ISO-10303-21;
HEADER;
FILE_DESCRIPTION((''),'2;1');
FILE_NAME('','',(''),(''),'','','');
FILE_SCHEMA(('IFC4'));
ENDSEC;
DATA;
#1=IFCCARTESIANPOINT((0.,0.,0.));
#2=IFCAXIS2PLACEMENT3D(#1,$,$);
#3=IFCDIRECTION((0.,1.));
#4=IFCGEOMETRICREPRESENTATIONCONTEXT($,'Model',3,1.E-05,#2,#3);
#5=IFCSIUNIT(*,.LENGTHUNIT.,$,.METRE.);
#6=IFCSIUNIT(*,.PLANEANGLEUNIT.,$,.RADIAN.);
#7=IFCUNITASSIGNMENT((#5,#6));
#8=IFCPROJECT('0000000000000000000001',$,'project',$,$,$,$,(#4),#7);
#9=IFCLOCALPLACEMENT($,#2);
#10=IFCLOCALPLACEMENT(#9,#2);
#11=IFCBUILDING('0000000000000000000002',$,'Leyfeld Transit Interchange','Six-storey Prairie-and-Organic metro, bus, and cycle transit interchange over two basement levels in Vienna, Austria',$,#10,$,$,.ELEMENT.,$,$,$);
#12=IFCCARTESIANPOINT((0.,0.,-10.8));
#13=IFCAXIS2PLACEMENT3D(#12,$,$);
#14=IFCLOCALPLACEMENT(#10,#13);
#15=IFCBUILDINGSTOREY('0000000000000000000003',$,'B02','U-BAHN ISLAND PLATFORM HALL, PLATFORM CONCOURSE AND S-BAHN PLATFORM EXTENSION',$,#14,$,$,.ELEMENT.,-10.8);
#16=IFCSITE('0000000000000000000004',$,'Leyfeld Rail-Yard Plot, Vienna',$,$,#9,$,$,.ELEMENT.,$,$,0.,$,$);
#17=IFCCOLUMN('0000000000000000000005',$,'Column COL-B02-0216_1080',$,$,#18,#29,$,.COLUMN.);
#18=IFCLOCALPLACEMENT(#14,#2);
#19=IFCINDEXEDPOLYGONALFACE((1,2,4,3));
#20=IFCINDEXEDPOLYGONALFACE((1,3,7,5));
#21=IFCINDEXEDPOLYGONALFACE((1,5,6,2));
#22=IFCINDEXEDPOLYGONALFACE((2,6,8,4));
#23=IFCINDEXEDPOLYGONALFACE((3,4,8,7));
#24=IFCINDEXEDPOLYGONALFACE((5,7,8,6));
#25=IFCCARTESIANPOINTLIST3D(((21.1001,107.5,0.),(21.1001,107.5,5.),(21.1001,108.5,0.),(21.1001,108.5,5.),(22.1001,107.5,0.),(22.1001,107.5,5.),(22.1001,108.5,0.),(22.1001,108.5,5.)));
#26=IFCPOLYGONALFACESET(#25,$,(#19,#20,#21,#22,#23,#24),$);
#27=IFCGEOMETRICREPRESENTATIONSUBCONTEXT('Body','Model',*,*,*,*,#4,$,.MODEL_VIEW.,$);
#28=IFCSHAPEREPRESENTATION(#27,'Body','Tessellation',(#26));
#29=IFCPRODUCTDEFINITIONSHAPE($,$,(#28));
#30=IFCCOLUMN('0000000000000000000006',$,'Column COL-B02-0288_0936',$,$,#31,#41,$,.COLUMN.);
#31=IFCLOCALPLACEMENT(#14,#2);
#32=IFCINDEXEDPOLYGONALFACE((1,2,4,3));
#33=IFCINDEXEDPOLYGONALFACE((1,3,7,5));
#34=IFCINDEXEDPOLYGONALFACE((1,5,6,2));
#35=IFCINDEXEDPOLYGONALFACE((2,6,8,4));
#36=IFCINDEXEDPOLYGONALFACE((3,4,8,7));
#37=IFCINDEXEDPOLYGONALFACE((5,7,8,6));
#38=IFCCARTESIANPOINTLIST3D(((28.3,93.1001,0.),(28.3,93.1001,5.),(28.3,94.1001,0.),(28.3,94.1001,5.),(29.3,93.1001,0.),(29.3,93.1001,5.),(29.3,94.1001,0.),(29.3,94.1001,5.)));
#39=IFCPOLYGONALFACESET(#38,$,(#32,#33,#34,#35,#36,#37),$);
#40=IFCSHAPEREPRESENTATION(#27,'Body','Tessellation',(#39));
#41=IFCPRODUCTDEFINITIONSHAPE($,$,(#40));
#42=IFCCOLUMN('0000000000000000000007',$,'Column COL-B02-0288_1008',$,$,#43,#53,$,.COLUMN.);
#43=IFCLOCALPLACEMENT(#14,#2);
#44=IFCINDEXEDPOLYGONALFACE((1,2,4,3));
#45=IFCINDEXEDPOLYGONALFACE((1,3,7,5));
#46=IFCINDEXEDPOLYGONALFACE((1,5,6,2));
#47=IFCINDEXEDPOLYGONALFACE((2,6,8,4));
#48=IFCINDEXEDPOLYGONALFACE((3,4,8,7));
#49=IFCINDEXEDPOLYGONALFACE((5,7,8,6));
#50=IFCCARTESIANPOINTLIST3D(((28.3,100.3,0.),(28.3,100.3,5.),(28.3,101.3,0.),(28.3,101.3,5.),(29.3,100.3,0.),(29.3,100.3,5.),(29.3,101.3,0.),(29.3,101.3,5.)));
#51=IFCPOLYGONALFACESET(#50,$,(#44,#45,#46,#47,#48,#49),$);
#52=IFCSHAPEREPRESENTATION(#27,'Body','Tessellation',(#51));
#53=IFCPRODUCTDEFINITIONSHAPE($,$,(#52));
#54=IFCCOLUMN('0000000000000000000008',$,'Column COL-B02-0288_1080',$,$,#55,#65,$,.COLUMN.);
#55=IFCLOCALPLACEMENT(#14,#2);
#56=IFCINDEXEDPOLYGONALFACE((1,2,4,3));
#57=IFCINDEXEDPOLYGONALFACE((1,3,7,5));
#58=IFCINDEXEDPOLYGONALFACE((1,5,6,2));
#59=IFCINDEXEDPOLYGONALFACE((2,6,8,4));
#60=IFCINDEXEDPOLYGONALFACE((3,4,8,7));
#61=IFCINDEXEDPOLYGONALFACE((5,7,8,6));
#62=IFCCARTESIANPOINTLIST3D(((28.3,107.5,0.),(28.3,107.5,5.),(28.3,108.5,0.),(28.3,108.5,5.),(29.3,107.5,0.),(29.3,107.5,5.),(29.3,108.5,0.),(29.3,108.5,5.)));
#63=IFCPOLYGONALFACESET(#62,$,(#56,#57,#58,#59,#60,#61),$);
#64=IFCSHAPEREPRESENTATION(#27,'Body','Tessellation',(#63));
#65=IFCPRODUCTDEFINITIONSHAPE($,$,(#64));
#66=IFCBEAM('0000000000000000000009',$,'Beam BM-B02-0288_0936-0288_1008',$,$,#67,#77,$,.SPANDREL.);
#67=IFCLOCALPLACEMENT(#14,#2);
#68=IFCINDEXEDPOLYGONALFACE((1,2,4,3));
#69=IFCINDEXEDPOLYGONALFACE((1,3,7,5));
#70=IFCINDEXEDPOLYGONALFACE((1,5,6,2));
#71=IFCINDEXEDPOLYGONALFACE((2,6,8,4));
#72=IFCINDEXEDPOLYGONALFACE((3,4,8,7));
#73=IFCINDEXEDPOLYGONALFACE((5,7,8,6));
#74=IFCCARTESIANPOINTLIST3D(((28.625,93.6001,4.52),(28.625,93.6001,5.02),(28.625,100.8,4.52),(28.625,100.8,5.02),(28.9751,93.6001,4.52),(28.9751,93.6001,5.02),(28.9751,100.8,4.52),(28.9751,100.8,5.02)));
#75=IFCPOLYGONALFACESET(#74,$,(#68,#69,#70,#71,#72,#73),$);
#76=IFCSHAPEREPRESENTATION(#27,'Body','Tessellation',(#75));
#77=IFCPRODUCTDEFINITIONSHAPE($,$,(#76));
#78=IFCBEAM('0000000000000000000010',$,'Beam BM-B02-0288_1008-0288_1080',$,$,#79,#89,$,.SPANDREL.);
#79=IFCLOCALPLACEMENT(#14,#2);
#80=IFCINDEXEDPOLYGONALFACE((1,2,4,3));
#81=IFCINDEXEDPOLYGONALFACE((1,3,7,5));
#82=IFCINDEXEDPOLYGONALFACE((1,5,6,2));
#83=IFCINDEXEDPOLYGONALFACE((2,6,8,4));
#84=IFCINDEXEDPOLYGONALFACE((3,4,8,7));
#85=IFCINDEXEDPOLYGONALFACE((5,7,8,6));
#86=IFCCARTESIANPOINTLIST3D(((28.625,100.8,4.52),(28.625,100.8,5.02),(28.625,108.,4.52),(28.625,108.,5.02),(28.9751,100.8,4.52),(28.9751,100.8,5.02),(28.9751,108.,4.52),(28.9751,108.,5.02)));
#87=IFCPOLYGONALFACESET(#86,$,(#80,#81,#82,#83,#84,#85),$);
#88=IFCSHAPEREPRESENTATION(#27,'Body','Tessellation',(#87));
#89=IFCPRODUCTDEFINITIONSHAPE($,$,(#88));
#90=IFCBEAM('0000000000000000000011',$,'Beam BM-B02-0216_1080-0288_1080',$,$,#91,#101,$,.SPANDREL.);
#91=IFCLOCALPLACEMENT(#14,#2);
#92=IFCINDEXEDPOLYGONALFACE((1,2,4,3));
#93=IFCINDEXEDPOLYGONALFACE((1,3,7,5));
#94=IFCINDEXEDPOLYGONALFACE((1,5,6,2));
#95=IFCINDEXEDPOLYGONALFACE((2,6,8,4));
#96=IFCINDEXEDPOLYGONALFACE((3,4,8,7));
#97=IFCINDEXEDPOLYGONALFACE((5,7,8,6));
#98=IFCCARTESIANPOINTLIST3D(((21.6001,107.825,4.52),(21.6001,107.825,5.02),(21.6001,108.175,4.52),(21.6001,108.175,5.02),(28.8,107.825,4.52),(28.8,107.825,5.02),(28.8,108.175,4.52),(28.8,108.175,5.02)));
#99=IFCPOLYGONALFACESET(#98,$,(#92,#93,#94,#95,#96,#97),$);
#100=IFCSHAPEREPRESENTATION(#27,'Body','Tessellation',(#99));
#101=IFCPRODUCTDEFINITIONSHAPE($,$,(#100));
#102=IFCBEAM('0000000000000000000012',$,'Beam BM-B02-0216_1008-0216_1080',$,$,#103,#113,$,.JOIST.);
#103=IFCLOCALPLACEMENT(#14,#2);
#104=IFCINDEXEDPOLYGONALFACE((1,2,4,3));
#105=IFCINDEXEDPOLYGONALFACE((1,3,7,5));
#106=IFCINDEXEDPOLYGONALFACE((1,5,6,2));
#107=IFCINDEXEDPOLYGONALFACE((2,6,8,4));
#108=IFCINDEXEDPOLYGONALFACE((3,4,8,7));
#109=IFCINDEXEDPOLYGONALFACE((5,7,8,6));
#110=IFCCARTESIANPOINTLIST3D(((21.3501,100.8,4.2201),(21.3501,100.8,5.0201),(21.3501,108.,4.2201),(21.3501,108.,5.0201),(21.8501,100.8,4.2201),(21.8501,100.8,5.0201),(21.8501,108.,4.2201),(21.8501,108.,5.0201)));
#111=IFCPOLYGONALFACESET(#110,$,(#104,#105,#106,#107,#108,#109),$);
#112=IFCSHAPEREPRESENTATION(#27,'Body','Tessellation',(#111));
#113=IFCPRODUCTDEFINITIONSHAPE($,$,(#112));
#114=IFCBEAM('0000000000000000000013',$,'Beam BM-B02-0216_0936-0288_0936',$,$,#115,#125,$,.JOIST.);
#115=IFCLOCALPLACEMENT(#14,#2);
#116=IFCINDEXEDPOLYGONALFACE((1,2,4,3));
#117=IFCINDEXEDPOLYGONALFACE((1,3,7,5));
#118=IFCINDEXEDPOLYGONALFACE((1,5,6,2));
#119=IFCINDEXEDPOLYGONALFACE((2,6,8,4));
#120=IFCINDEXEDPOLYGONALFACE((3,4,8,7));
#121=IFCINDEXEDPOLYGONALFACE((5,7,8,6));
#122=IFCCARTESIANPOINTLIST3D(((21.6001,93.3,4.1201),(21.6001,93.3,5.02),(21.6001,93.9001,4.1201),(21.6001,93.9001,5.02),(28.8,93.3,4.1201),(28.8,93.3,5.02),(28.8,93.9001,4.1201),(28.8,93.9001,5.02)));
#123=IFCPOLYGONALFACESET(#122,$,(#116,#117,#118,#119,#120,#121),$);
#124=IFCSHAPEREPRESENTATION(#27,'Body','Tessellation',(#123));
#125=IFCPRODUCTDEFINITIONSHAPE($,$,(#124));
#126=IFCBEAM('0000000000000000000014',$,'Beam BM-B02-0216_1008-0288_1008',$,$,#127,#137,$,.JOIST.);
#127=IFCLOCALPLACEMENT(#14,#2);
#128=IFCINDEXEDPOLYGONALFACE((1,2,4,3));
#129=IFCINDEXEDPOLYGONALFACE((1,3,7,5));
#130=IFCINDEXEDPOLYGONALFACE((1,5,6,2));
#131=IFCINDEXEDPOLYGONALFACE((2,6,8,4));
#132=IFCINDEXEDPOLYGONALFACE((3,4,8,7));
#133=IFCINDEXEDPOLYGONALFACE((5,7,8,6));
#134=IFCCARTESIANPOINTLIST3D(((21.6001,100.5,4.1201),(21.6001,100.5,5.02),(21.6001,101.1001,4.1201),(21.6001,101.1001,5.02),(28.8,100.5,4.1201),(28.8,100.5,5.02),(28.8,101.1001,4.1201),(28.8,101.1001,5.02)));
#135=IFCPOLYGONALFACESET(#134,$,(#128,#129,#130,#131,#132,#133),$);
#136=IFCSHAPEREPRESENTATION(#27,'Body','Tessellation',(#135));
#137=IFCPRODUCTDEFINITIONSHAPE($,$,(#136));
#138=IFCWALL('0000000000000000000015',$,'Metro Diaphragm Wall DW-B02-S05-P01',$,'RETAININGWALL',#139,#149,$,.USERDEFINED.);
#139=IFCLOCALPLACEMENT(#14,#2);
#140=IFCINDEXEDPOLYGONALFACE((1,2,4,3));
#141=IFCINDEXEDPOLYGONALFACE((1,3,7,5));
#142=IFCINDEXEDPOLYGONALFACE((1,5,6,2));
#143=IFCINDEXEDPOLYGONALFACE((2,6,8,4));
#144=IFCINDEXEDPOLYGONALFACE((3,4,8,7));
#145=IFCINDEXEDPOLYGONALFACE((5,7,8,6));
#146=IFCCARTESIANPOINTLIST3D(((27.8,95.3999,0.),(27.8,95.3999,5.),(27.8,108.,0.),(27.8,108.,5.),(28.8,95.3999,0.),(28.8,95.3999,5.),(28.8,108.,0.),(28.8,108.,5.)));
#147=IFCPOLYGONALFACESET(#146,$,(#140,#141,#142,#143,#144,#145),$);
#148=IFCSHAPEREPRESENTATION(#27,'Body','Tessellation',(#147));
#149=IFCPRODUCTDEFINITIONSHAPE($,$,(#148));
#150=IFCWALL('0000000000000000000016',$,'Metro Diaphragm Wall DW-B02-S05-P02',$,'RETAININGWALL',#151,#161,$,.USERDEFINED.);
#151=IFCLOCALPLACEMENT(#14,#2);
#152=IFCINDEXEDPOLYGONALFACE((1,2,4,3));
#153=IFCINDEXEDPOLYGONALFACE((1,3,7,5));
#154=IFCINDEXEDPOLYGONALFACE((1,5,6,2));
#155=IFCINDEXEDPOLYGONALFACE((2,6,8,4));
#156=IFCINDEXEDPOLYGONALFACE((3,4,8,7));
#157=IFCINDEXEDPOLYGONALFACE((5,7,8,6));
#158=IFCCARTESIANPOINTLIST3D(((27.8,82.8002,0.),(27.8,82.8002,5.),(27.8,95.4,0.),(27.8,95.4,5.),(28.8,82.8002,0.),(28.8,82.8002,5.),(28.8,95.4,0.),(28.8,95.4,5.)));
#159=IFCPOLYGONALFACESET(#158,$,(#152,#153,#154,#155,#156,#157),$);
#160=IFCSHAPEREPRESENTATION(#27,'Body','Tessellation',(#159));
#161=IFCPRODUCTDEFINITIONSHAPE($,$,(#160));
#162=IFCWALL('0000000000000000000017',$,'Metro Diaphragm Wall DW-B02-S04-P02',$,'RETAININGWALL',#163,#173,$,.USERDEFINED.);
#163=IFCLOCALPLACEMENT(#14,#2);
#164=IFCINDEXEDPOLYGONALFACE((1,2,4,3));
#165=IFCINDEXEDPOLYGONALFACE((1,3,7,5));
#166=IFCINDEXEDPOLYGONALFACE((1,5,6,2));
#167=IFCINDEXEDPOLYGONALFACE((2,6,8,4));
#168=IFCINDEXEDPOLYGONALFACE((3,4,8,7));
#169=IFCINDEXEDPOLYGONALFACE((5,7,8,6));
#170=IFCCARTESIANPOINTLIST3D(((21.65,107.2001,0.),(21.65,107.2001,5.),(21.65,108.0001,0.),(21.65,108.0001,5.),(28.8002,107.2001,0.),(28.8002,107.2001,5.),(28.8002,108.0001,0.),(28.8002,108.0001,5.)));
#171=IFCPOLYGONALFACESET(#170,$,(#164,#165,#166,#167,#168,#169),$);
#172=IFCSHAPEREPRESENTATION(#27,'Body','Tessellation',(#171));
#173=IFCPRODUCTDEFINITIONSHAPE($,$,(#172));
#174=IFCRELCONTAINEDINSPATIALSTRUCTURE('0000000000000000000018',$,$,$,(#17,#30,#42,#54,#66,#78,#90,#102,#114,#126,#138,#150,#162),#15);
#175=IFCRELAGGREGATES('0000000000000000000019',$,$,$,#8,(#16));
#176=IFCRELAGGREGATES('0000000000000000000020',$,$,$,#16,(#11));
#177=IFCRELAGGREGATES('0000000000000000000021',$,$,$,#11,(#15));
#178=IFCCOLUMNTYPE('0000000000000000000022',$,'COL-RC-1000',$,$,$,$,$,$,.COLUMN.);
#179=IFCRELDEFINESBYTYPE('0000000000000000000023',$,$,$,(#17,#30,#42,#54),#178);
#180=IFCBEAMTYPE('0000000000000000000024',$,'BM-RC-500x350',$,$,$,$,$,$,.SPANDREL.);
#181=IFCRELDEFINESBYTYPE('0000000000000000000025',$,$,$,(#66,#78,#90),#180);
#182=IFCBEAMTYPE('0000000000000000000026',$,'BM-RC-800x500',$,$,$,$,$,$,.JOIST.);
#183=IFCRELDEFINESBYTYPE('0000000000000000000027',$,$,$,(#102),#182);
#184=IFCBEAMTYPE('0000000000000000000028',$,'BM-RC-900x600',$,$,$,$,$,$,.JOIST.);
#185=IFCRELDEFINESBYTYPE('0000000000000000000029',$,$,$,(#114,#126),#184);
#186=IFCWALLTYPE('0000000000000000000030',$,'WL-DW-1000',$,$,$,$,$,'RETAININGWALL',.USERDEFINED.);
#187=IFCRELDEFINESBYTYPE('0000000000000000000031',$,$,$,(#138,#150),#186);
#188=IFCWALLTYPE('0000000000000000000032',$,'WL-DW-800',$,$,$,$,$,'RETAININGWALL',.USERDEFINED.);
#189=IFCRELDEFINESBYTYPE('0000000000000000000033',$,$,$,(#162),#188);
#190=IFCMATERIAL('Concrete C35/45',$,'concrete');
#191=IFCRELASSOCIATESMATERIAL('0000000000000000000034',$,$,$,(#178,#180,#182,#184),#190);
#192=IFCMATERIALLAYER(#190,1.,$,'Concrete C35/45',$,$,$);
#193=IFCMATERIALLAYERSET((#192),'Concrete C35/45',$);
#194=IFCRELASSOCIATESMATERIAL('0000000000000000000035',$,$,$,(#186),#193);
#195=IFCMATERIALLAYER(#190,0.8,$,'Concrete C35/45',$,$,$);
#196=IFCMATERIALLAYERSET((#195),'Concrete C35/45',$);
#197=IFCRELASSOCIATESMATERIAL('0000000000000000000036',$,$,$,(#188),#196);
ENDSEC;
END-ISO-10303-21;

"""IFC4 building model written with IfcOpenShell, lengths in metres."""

from ifc_helpers import new_model, si_unit, direction, frame, frame_2d, origin, origin_2d, place, context, subcontext, project, spatial, rectangle, extrude, material, layer, layer_set, material_profile, profile_set, type_object, element, save


model = new_model("IFC4")

# Units and contexts
model_context = context("Model", 3, precision=1e-05, world=origin(), true_north=direction((0.0, 1.0)))
body_context = subcontext(model_context, "Body", "Model", "MODEL_VIEW")
ifc_project = project(units=[si_unit("LENGTHUNIT", "METRE"), si_unit("PLANEANGLEUNIT", "RADIAN")], contexts=[model_context])

# Site, building, storey
site_placement = place(None, origin())
site = spatial("IfcSite", under=ifc_project, at=site_placement, Name="Leyfeld Rail-Yard Plot, Vienna", CompositionType="ELEMENT", RefElevation=0.0)
building_placement = place(site_placement, origin())
building = spatial("IfcBuilding", under=site, at=building_placement, Name="Leyfeld Transit Interchange", Description="Six-storey Prairie-and-Organic metro, bus, and cycle transit interchange over two basement levels in Vienna, Austria", CompositionType="ELEMENT")
storey_placement = place(building_placement, frame((0.0, 0.0, -10.8)))
storey = spatial("IfcBuildingStorey", under=building, at=storey_placement, Name="B02", Description="U-BAHN ISLAND PLATFORM HALL, PLATFORM CONCOURSE AND S-BAHN PLATFORM EXTENSION", CompositionType="ELEMENT", Elevation=-10.8)

# Shared definitions
ifc_material_1 = material(Name="Concrete C35/45", Category="concrete")

# Columns
ifc_material_profile_1 = material_profile(ifc_material_1, rectangle(XDim=1.0, YDim=1.0, at=origin_2d()), Name="RC 1000x1000")
ifc_profile_set_1 = profile_set([ifc_material_profile_1], Name="Concrete C35/45")
column_type = type_object("IfcColumnType", Name="COL-RC-1000", PredefinedType="COLUMN", material=ifc_profile_set_1)
for number, where, z_axis, x_axis, name in (
    (1, (21.6001, 108.0, 0.0), (0.0, 0.0, 1.0), (1.0, 0.0, 0.0), "Column COL-B02-0216_1080"),
    (2, (28.8, 93.6001, 0.0), (0.0, 0.0, 1.0), (1.0, 0.0, 0.0), "Column COL-B02-0288_0936"),
    (3, (28.8, 100.8, 0.0), (0.0, 0.0, 1.0), (1.0, 0.0, 0.0), "Column COL-B02-0288_1008"),
    (4, (28.8, 108.0, 0.0), (0.0, 0.0, 1.0), (1.0, 0.0, 0.0), "Column COL-B02-0288_1080"),
):
    element("IfcColumn", number, at=place(storey_placement, frame(where, z_axis=z_axis, x_axis=x_axis)), inside=storey, type_object=column_type, Name=name, PredefinedType="COLUMN", context=body_context, shape_type="SweptSolid", body=[
        extrude(rectangle(XDim=1.0, YDim=1.0, at=origin_2d()), origin(), (0.0, 0.0, 1.0), 5.0),
    ])

# Beams
ifc_material_profile_2 = material_profile(ifc_material_1, rectangle(XDim=0.3501, YDim=0.5, at=origin_2d()), Name="RC 500x350")
ifc_profile_set_2 = profile_set([ifc_material_profile_2], Name="Concrete C35/45")
beam_type_1 = type_object("IfcBeamType", Name="BM-RC-500x350", PredefinedType="SPANDREL", material=ifc_profile_set_2)
for number, where, z_axis, x_axis, name in (
    (5, (28.8, 93.6001, 4.77), (0.0, 1.0, 0.0), (-1.0, 0.0, 0.0), "Beam BM-B02-0288_0936-0288_1008"),
    (6, (28.8, 100.8, 4.77), (0.0, 1.0, 0.0), (-1.0, 0.0, 0.0), "Beam BM-B02-0288_1008-0288_1080"),
    (7, (21.6001, 108.0, 4.77), (1.0, 0.0, 0.0), (0.0, 1.0, 0.0), "Beam BM-B02-0216_1080-0288_1080"),
):
    element("IfcBeam", number, at=place(storey_placement, frame(where, z_axis=z_axis, x_axis=x_axis)), inside=storey, type_object=beam_type_1, Name=name, PredefinedType="SPANDREL", context=body_context, shape_type="SweptSolid", body=[
        extrude(rectangle(XDim=0.3501, YDim=0.5, at=origin_2d()), origin(), (0.0, 0.0, 1.0), 7.2),
    ])
ifc_material_profile_3 = material_profile(ifc_material_1, rectangle(XDim=0.5, YDim=0.8, at=origin_2d()), Name="RC 800x500")
ifc_profile_set_3 = profile_set([ifc_material_profile_3], Name="Concrete C35/45")
beam_type_2 = type_object("IfcBeamType", Name="BM-RC-800x500", PredefinedType="JOIST", material=ifc_profile_set_3)
beam_placement = place(storey_placement, frame((21.6001, 100.8, 4.6201), z_axis=(0.0, 1.0, 0.0), x_axis=(-1.0, 0.0, 0.0)))
element("IfcBeam", 8, at=beam_placement, inside=storey, type_object=beam_type_2, Name="Beam BM-B02-0216_1008-0216_1080", PredefinedType="JOIST", context=body_context, shape_type="SweptSolid", body=[
    extrude(rectangle(XDim=0.5, YDim=0.8, at=origin_2d()), origin(), (0.0, 0.0, 1.0), 7.2),
])
ifc_material_profile_4 = material_profile(ifc_material_1, rectangle(XDim=0.6001, YDim=0.8999, at=origin_2d()), Name="RC 900x600")
ifc_profile_set_4 = profile_set([ifc_material_profile_4], Name="Concrete C35/45")
beam_type_3 = type_object("IfcBeamType", Name="BM-RC-900x600", PredefinedType="JOIST", material=ifc_profile_set_4)
for number, where, z_axis, x_axis, name in (
    (9, (21.6001, 93.6001, 4.5701), (1.0, 0.0, 0.0), (0.0, 1.0, 0.0), "Beam BM-B02-0216_0936-0288_0936"),
    (10, (21.6001, 100.8, 4.5701), (1.0, 0.0, 0.0), (0.0, 1.0, 0.0), "Beam BM-B02-0216_1008-0288_1008"),
):
    element("IfcBeam", number, at=place(storey_placement, frame(where, z_axis=z_axis, x_axis=x_axis)), inside=storey, type_object=beam_type_3, Name=name, PredefinedType="JOIST", context=body_context, shape_type="SweptSolid", body=[
        extrude(rectangle(XDim=0.6001, YDim=0.8999, at=origin_2d()), origin(), (0.0, 0.0, 1.0), 7.2),
    ])

# Walls
ifc_layer_1 = layer(ifc_material_1, 1.0, Name="Concrete C35/45")
ifc_layer_set_1 = layer_set([ifc_layer_1], Name="Concrete C35/45")
wall_type_1 = type_object("IfcWallType", Name="WL-DW-1000", ElementType="RETAININGWALL", PredefinedType="USERDEFINED", material=ifc_layer_set_1)
wall_1_placement = place(storey_placement, frame((28.3, 108.0, 0.0), z_axis=(0.0, 0.0, 1.0), x_axis=(0.0, -1.0, 0.0)))
element("IfcWall", 11, at=wall_1_placement, inside=storey, type_object=wall_type_1, Name="Metro Diaphragm Wall DW-B02-S05-P01", ObjectType="RETAININGWALL", PredefinedType="USERDEFINED", context=body_context, shape_type="SweptSolid", body=[
    extrude(rectangle(XDim=12.6001, YDim=1.0, at=frame_2d((6.3, 0.0))), origin(), (0.0, 0.0, 1.0), 5.0),
])
wall_2_placement = place(storey_placement, frame((28.3, 95.3999, 0.0), z_axis=(0.0, 0.0, 1.0), x_axis=(0.0, -1.0, 0.0)))
element("IfcWall", 12, at=wall_2_placement, inside=storey, type_object=wall_type_1, Name="Metro Diaphragm Wall DW-B02-S05-P02", ObjectType="RETAININGWALL", PredefinedType="USERDEFINED", context=body_context, shape_type="SweptSolid", body=[
    extrude(rectangle(XDim=12.5999, YDim=1.0, at=frame_2d((6.2998, 0.0))), origin(), (0.0, 0.0, 1.0), 5.0),
])
ifc_layer_2 = layer(ifc_material_1, 0.8, Name="Concrete C35/45")
ifc_layer_set_2 = layer_set([ifc_layer_2], Name="Concrete C35/45")
wall_type_2 = type_object("IfcWallType", Name="WL-DW-800", ElementType="RETAININGWALL", PredefinedType="USERDEFINED", material=ifc_layer_set_2)
wall_3_placement = place(storey_placement, frame((21.6499, 107.6001, 0.0), z_axis=(0.0, 0.0, 1.0), x_axis=(1.0, 0.0, 0.0)))
element("IfcWall", 13, at=wall_3_placement, inside=storey, type_object=wall_type_2, Name="Metro Diaphragm Wall DW-B02-S04-P02", ObjectType="RETAININGWALL", PredefinedType="USERDEFINED", context=body_context, shape_type="SweptSolid", body=[
    extrude(rectangle(XDim=7.1501, YDim=0.8, at=frame_2d((3.5752, 0.0))), origin(), (0.0, 0.0, 1.0), 5.0),
])

save(model, "model.ifc")
